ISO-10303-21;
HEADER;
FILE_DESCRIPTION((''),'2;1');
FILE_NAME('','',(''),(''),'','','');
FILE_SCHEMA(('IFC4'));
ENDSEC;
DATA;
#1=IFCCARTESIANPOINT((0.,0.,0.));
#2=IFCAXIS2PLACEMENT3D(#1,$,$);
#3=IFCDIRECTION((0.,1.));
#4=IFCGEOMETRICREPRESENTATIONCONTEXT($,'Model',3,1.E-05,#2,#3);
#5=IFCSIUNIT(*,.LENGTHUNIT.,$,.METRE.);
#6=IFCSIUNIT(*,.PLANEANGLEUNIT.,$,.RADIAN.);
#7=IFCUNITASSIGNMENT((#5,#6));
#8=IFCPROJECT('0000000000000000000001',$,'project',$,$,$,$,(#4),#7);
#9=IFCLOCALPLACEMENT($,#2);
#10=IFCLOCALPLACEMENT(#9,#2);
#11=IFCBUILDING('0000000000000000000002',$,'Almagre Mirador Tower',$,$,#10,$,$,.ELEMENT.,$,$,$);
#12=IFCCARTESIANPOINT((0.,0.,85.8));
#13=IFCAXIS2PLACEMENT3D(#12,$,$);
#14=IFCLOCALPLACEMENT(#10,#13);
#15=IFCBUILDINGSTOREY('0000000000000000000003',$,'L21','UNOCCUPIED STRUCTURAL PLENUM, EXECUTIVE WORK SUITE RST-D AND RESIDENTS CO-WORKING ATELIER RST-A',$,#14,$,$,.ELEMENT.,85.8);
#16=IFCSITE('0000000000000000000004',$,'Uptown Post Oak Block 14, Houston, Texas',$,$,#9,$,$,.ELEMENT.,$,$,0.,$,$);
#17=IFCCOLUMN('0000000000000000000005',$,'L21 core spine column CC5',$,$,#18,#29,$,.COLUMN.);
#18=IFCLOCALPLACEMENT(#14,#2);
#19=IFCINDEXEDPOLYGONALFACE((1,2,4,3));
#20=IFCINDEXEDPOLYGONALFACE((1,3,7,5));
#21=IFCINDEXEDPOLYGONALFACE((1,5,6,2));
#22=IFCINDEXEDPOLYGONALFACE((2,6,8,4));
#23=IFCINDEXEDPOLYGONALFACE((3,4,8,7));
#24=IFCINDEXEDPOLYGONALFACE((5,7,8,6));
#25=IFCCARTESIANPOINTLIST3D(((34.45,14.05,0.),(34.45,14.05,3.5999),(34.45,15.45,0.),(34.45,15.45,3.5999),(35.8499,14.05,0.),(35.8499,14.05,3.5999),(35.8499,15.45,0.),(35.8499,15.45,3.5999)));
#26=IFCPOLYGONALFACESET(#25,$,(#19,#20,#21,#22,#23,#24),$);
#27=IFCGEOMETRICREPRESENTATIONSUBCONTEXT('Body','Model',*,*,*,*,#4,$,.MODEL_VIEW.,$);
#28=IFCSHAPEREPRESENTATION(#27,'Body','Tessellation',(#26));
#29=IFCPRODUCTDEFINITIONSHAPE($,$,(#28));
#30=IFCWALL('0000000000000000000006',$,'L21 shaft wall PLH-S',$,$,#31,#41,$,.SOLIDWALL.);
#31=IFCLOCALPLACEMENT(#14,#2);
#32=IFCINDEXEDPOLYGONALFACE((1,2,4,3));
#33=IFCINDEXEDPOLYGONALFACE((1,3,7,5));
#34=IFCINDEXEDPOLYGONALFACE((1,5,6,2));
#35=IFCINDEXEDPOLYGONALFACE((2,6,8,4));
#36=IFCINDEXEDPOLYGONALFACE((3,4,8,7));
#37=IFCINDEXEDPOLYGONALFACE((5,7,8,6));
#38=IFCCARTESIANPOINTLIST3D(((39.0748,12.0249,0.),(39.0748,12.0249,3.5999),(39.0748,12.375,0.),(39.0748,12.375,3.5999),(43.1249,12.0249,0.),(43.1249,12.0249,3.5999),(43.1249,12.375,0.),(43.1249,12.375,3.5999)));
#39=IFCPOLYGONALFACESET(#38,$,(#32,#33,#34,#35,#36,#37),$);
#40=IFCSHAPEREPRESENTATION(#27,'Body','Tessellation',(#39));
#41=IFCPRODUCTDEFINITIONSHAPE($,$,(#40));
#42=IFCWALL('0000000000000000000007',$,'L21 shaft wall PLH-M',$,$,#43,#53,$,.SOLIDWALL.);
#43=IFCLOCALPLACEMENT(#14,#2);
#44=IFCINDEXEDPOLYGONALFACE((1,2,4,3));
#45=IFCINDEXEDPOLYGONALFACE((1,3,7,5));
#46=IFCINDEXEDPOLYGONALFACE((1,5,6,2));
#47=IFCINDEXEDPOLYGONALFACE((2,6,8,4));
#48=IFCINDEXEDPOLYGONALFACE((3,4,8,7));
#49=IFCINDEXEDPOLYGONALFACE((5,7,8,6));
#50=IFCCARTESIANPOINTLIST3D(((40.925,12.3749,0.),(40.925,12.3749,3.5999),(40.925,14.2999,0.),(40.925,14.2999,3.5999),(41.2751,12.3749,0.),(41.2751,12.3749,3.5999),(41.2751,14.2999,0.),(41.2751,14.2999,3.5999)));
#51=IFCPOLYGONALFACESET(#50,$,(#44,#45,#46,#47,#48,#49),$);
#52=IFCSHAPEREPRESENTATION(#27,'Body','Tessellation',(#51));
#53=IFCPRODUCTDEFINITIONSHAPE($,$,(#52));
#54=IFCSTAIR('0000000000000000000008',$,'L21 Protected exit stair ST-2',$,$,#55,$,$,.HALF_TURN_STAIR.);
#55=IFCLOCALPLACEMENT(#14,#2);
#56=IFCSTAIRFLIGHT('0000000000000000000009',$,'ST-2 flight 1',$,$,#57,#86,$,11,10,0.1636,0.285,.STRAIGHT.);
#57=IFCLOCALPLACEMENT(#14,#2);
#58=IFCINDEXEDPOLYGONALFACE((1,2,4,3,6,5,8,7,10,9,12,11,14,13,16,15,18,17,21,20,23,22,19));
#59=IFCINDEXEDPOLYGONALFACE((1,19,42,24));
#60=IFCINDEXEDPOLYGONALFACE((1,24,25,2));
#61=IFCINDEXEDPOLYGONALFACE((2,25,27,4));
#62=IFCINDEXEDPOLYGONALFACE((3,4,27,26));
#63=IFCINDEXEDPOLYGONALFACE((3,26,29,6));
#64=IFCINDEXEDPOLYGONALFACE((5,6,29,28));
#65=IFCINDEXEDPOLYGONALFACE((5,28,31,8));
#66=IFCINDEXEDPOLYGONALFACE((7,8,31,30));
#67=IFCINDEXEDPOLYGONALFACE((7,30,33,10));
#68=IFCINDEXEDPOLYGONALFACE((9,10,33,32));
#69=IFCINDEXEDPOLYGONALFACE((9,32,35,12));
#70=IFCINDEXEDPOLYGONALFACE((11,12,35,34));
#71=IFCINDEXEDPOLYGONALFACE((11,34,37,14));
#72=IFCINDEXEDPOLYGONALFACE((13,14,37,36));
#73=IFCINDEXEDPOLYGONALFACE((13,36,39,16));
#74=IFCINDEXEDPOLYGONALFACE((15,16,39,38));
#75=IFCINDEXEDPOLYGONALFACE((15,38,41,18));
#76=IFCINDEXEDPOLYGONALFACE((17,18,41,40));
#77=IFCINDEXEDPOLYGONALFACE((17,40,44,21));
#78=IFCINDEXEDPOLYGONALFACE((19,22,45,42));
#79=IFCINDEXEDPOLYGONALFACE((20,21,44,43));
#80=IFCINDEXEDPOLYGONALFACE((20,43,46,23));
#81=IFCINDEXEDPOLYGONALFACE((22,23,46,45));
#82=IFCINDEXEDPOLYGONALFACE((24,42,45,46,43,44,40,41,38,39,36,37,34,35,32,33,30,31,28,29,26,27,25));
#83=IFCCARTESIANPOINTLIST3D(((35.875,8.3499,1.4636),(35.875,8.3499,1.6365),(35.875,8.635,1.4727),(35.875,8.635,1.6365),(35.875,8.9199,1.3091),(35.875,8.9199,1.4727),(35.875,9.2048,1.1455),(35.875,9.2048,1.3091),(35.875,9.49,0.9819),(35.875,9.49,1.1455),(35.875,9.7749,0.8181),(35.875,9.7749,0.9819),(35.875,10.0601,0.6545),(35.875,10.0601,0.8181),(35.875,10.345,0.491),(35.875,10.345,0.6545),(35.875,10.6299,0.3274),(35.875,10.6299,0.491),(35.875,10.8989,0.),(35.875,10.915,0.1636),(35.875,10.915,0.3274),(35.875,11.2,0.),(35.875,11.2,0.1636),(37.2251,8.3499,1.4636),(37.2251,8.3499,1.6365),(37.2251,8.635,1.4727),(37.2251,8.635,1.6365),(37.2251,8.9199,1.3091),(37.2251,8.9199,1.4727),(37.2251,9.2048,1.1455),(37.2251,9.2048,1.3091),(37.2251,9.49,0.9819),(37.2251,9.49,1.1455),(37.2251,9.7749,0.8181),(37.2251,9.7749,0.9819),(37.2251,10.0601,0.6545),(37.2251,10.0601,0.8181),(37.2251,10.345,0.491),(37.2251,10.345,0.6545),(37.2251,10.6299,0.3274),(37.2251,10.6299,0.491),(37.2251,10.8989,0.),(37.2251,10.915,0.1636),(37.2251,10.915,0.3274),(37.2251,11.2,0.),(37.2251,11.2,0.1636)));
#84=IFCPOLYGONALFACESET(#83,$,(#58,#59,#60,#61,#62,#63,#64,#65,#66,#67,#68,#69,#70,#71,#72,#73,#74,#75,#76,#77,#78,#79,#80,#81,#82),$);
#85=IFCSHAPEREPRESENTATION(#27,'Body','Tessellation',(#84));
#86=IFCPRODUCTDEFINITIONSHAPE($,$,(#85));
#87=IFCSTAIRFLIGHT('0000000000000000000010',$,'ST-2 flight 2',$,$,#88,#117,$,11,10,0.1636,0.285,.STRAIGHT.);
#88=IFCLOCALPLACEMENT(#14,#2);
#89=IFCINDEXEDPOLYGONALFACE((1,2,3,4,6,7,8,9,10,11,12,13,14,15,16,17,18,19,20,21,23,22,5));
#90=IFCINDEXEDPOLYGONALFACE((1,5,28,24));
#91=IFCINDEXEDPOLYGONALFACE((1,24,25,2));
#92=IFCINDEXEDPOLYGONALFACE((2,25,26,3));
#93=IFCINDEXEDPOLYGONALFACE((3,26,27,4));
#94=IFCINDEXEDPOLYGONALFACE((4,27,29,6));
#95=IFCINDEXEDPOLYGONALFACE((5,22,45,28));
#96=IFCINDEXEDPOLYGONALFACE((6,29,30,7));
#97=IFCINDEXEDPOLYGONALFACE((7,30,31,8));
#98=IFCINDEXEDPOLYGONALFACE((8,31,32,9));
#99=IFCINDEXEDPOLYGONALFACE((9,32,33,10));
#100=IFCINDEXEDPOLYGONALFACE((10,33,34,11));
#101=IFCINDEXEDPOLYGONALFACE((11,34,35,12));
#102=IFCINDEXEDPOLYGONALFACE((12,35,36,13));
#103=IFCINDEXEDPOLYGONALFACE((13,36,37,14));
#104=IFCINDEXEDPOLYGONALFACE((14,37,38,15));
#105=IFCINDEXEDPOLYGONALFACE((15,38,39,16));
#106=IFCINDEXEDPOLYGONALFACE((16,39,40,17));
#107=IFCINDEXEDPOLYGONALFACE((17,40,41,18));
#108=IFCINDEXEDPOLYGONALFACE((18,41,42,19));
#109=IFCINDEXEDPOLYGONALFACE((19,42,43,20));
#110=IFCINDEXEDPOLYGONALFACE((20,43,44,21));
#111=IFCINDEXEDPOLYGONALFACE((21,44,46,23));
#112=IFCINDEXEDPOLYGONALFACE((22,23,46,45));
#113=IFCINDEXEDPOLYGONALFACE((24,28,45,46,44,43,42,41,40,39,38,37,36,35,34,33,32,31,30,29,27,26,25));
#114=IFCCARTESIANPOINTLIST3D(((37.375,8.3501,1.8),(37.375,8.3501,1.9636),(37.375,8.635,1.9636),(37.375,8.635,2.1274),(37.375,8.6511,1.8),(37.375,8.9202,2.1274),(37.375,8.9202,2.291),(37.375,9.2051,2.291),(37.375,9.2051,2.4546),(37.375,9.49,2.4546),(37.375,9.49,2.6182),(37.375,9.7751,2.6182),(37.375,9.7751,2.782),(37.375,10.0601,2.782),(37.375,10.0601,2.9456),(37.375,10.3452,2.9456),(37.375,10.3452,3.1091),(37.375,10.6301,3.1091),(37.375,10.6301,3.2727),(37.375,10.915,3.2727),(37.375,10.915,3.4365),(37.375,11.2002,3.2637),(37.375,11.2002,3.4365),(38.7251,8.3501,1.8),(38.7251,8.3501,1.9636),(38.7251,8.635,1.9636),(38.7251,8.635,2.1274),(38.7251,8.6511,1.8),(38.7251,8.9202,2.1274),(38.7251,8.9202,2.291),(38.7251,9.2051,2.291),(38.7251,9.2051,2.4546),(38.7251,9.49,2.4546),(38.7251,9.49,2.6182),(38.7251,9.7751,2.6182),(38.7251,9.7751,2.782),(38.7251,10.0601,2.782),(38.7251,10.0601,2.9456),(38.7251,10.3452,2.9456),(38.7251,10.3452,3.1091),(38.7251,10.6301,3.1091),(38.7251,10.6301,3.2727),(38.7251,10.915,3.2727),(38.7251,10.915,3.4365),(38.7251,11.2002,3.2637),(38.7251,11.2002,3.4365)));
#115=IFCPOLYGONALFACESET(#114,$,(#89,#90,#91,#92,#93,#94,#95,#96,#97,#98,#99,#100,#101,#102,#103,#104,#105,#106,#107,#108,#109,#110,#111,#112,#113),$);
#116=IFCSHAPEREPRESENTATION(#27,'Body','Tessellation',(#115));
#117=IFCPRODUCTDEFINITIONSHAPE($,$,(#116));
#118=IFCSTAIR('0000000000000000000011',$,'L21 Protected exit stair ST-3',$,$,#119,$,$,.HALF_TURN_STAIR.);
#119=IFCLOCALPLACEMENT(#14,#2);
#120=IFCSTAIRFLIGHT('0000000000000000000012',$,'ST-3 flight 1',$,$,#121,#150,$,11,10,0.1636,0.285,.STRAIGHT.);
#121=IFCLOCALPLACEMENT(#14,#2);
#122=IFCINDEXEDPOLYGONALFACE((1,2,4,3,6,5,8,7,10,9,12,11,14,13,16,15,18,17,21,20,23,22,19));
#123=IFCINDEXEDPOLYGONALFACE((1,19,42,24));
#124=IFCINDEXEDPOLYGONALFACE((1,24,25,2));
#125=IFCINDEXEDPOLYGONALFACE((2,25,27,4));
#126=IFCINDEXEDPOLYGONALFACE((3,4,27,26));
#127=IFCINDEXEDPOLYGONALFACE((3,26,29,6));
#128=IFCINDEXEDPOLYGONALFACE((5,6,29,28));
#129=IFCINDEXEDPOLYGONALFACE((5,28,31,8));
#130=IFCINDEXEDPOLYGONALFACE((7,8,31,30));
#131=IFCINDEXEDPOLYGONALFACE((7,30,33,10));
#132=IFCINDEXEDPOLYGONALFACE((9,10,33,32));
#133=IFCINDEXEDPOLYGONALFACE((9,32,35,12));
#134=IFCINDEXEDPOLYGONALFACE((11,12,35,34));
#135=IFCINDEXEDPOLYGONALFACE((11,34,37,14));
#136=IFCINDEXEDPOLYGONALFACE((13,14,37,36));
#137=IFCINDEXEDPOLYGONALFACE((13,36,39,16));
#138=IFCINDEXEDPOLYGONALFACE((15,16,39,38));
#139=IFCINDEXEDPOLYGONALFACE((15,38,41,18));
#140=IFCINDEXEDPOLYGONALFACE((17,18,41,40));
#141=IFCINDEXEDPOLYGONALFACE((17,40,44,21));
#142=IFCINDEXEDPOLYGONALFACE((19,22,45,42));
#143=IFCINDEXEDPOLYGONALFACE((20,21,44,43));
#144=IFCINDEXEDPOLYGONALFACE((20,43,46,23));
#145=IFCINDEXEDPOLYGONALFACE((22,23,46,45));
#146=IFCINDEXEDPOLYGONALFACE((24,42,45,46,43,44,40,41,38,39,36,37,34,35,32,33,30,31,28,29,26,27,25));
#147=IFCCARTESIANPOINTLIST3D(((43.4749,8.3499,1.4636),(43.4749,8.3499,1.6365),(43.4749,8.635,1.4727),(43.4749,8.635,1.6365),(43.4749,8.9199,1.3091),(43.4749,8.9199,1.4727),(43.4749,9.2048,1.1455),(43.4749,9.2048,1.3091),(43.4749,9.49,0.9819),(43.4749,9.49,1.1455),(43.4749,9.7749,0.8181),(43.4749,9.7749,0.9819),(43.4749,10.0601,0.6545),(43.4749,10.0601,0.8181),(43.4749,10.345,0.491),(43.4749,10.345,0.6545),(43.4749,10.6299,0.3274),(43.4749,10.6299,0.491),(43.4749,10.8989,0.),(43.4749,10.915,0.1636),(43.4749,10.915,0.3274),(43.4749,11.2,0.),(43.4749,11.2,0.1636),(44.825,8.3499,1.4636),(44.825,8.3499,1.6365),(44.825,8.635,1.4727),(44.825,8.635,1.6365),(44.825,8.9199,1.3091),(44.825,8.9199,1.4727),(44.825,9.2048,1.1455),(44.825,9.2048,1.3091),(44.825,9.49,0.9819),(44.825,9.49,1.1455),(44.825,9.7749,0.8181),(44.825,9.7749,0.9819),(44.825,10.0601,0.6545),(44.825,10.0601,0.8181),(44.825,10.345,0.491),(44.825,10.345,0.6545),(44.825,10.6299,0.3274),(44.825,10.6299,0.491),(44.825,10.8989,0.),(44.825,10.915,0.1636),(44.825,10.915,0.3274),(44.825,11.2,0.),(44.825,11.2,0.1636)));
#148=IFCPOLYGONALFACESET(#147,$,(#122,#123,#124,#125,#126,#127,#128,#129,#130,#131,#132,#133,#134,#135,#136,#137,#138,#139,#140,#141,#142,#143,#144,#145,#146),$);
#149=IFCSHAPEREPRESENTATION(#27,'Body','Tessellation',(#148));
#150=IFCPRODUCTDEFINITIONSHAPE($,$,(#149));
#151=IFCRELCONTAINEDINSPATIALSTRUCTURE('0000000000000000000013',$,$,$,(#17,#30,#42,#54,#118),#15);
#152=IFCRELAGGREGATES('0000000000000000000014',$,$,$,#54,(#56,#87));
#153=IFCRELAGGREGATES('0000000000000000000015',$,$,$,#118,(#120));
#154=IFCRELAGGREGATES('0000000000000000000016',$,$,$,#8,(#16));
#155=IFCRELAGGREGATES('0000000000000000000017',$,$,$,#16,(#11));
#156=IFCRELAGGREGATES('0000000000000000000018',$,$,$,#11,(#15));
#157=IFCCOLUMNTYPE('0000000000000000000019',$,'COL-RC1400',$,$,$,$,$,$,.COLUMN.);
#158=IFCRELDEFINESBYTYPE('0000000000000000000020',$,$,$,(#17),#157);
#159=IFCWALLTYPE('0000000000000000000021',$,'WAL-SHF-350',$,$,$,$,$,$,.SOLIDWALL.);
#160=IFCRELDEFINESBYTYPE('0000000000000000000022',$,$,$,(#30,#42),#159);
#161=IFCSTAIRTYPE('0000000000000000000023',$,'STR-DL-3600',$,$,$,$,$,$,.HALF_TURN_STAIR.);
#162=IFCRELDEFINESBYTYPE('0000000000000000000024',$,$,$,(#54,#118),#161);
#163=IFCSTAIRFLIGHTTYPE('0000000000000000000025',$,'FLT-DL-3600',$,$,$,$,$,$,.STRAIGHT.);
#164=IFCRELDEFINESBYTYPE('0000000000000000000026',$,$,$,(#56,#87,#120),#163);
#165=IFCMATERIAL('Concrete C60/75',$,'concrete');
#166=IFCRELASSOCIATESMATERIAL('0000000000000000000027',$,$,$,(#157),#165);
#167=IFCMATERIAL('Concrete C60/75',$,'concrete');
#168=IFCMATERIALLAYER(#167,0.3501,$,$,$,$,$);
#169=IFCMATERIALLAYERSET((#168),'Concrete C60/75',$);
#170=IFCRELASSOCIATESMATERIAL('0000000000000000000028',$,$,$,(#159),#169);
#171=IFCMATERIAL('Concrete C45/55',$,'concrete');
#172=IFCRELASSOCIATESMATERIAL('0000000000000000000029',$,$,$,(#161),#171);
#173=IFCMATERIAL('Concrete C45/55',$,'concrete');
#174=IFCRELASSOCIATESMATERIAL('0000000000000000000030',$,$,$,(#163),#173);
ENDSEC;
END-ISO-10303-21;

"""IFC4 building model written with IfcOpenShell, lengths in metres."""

from ifc_helpers import new_model, si_unit, direction, frame, frame_2d, origin, origin_2d, place, context, subcontext, project, spatial, polyline, rectangle, outline, extrude, material, layer, layer_set, material_profile, profile_set, type_object, element, aggregate, save


model = new_model("IFC4")

# Units and contexts
model_context = context("Model", 3, precision=1e-05, world=origin(), true_north=direction((0.0, 1.0)))
body_context = subcontext(model_context, "Body", "Model", "MODEL_VIEW")
ifc_project = project(units=[si_unit("LENGTHUNIT", "METRE"), si_unit("PLANEANGLEUNIT", "RADIAN")], contexts=[model_context])

# Site, building, storey
site_placement = place(None, origin())
site = spatial("IfcSite", under=ifc_project, at=site_placement, Name="Uptown Post Oak Block 14, Houston, Texas", CompositionType="ELEMENT", RefElevation=0.0)
building_placement = place(site_placement, origin())
building = spatial("IfcBuilding", under=site, at=building_placement, Name="Almagre Mirador Tower", CompositionType="ELEMENT")
storey_placement = place(building_placement, frame((0.0, 0.0, 85.8)))
storey = spatial("IfcBuildingStorey", under=building, at=storey_placement, Name="L21", Description="UNOCCUPIED STRUCTURAL PLENUM, EXECUTIVE WORK SUITE RST-D AND RESIDENTS CO-WORKING ATELIER RST-A", CompositionType="ELEMENT", Elevation=85.8)

# Column
ifc_material_1 = material(Name="Concrete C60/75", Category="concrete")
ifc_material_profile = material_profile(ifc_material_1, rectangle(XDim=1.3999, YDim=1.3999, at=origin_2d()), Name="RC1400X1400")
ifc_profile_set = profile_set([ifc_material_profile], Name="Concrete C60/75")
column_type = type_object("IfcColumnType", Name="COL-RC1400", PredefinedType="COLUMN", material=ifc_profile_set)
column_placement = place(storey_placement, frame((35.1499, 14.75, 0.0), z_axis=(0.0, 0.0, 1.0), x_axis=(1.0, 0.0, 0.0)))
element("IfcColumn", 1, at=column_placement, inside=storey, type_object=column_type, Name="L21 core spine column CC5", PredefinedType="COLUMN", context=body_context, shape_type="SweptSolid", body=[
    extrude(rectangle(XDim=1.3999, YDim=1.3999, at=origin_2d()), origin(), (0.0, 0.0, 1.0), 3.5999),
])

# Walls
ifc_material_2 = material(Name="Concrete C60/75", Category="concrete")
ifc_layer_1 = layer(ifc_material_2, 0.3501)
ifc_layer_set_1 = layer_set([ifc_layer_1], Name="Concrete C60/75")
wall_type_1 = type_object("IfcWallType", Name="WAL-SHF-350", PredefinedType="SOLIDWALL", material=ifc_layer_set_1)
wall_1_placement = place(storey_placement, frame((39.075, 12.2, 0.0), z_axis=(0.0, 0.0, 1.0), x_axis=(1.0, 0.0, 0.0)))
element("IfcWall", 2, at=wall_1_placement, inside=storey, type_object=wall_type_1, Name="L21 shaft wall PLH-S", PredefinedType="SOLIDWALL", context=body_context, shape_type="SweptSolid", body=[
    extrude(rectangle(XDim=4.05, YDim=0.3501, at=frame_2d((2.0249, 0.0))), origin(), (0.0, 0.0, 1.0), 3.5999),
])
wall_2_placement = place(storey_placement, frame((41.1001, 12.375, 0.0), z_axis=(0.0, 0.0, 1.0), x_axis=(0.0, 1.0, 0.0)))
element("IfcWall", 3, at=wall_2_placement, inside=storey, type_object=wall_type_1, Name="L21 shaft wall PLH-M", PredefinedType="SOLIDWALL", context=body_context, shape_type="SweptSolid", body=[
    extrude(rectangle(XDim=1.925, YDim=0.3501, at=frame_2d((0.9624, 0.0))), origin(), (0.0, 0.0, 1.0), 3.5999),
])

# Stair, stair flights
ifc_material_3 = material(Name="Concrete C45/55", Category="concrete")
stair_type = type_object("IfcStairType", Name="STR-DL-3600", PredefinedType="HALF_TURN_STAIR", material=ifc_material_3)
stair_1_placement = place(storey_placement, origin())
stair_1 = element("IfcStair", 4, at=stair_1_placement, inside=storey, type_object=stair_type, Name="L21 Protected exit stair ST-2", PredefinedType="HALF_TURN_STAIR")
ifc_material_4 = material(Name="Concrete C45/55", Category="concrete")
stair_flight_type = type_object("IfcStairFlightType", Name="FLT-DL-3600", PredefinedType="STRAIGHT", material=ifc_material_4)
stair_flight_1_placement = place(storey_placement, frame((36.55, 11.2, 0.0), z_axis=(0.0, 0.0, 1.0), x_axis=(0.0, -1.0, 0.0)))
stair_flight_1 = element("IfcStairFlight", 5, at=stair_flight_1_placement, type_object=stair_flight_type, Name="ST-2 flight 1", NumberOfRisers=11, NumberOfTreads=10, PredefinedType="STRAIGHT", RiserHeight=0.1636, TreadLength=0.285, context=body_context, shape_type="SweptSolid", body=[
    extrude(outline(polyline([(0.0, 0.0), (0.0, 0.1636), (0.2849, 0.1636), (0.2849, 0.3274), (0.5701, 0.3274), (0.5701, 0.491), (0.855, 0.491), (0.855, 0.6545), (1.1399, 0.6545), (1.1399, 0.8181), (1.425, 0.8181), (1.425, 0.9819), (1.71, 0.9819), (1.71, 1.1455), (1.9951, 1.1455), (1.9951, 1.3091), (2.28, 1.3091), (2.28, 1.4727), (2.5649, 1.4727), (2.5649, 1.6365), (2.8501, 1.6365), (2.8501, 1.8), (2.8501, 1.4636), (0.301, 0.0), (0.0, 0.0)])), frame((0.0, 0.675, 0.0), z_axis=(0.0, -1.0, 0.0), x_axis=(1.0, 0.0, 0.0)), (0.0, 0.0, 1.0), 1.3501),
])
stair_flight_2_placement = place(storey_placement, frame((38.05, 8.3501, 1.8), z_axis=(0.0, 0.0, 1.0), x_axis=(0.0, 1.0, 0.0)))
stair_flight_2 = element("IfcStairFlight", 6, at=stair_flight_2_placement, type_object=stair_flight_type, Name="ST-2 flight 2", NumberOfRisers=11, NumberOfTreads=10, PredefinedType="STRAIGHT", RiserHeight=0.1636, TreadLength=0.285, context=body_context, shape_type="SweptSolid", body=[
    extrude(outline(polyline([(0.0, 0.0), (0.0, 0.1636), (0.2849, 0.1636), (0.2849, 0.3274), (0.5701, 0.3274), (0.5701, 0.491), (0.855, 0.491), (0.855, 0.6545), (1.1399, 0.6545), (1.1399, 0.8181), (1.425, 0.8181), (1.425, 0.9819), (1.71, 0.9819), (1.71, 1.1455), (1.9951, 1.1455), (1.9951, 1.3091), (2.28, 1.3091), (2.28, 1.4727), (2.5649, 1.4727), (2.5649, 1.6365), (2.8501, 1.6365), (2.8501, 1.8), (2.8501, 1.4636), (0.301, 0.0), (0.0, 0.0)])), frame((0.0, 0.675, 0.0), z_axis=(0.0, -1.0, 0.0), x_axis=(1.0, 0.0, 0.0)), (0.0, 0.0, 1.0), 1.3501),
])
aggregate(stair_1, [stair_flight_1, stair_flight_2])

# Stair, stair flight
stair_2_placement = place(storey_placement, origin())
stair_2 = element("IfcStair", 7, at=stair_2_placement, inside=storey, type_object=stair_type, Name="L21 Protected exit stair ST-3", PredefinedType="HALF_TURN_STAIR")
stair_flight_3_placement = place(storey_placement, frame((44.1499, 11.2, 0.0), z_axis=(0.0, 0.0, 1.0), x_axis=(0.0, -1.0, 0.0)))
stair_flight_3 = element("IfcStairFlight", 8, at=stair_flight_3_placement, type_object=stair_flight_type, Name="ST-3 flight 1", NumberOfRisers=11, NumberOfTreads=10, PredefinedType="STRAIGHT", RiserHeight=0.1636, TreadLength=0.285, context=body_context, shape_type="SweptSolid", body=[
    extrude(outline(polyline([(0.0, 0.0), (0.0, 0.1636), (0.2849, 0.1636), (0.2849, 0.3274), (0.5701, 0.3274), (0.5701, 0.491), (0.855, 0.491), (0.855, 0.6545), (1.1399, 0.6545), (1.1399, 0.8181), (1.425, 0.8181), (1.425, 0.9819), (1.71, 0.9819), (1.71, 1.1455), (1.9951, 1.1455), (1.9951, 1.3091), (2.28, 1.3091), (2.28, 1.4727), (2.5649, 1.4727), (2.5649, 1.6365), (2.8501, 1.6365), (2.8501, 1.8), (2.8501, 1.4636), (0.301, 0.0), (0.0, 0.0)])), frame((0.0, 0.675, 0.0), z_axis=(0.0, -1.0, 0.0), x_axis=(1.0, 0.0, 0.0)), (0.0, 0.0, 1.0), 1.3501),
])
aggregate(stair_2, [stair_flight_3])

save(model, "model.ifc")
